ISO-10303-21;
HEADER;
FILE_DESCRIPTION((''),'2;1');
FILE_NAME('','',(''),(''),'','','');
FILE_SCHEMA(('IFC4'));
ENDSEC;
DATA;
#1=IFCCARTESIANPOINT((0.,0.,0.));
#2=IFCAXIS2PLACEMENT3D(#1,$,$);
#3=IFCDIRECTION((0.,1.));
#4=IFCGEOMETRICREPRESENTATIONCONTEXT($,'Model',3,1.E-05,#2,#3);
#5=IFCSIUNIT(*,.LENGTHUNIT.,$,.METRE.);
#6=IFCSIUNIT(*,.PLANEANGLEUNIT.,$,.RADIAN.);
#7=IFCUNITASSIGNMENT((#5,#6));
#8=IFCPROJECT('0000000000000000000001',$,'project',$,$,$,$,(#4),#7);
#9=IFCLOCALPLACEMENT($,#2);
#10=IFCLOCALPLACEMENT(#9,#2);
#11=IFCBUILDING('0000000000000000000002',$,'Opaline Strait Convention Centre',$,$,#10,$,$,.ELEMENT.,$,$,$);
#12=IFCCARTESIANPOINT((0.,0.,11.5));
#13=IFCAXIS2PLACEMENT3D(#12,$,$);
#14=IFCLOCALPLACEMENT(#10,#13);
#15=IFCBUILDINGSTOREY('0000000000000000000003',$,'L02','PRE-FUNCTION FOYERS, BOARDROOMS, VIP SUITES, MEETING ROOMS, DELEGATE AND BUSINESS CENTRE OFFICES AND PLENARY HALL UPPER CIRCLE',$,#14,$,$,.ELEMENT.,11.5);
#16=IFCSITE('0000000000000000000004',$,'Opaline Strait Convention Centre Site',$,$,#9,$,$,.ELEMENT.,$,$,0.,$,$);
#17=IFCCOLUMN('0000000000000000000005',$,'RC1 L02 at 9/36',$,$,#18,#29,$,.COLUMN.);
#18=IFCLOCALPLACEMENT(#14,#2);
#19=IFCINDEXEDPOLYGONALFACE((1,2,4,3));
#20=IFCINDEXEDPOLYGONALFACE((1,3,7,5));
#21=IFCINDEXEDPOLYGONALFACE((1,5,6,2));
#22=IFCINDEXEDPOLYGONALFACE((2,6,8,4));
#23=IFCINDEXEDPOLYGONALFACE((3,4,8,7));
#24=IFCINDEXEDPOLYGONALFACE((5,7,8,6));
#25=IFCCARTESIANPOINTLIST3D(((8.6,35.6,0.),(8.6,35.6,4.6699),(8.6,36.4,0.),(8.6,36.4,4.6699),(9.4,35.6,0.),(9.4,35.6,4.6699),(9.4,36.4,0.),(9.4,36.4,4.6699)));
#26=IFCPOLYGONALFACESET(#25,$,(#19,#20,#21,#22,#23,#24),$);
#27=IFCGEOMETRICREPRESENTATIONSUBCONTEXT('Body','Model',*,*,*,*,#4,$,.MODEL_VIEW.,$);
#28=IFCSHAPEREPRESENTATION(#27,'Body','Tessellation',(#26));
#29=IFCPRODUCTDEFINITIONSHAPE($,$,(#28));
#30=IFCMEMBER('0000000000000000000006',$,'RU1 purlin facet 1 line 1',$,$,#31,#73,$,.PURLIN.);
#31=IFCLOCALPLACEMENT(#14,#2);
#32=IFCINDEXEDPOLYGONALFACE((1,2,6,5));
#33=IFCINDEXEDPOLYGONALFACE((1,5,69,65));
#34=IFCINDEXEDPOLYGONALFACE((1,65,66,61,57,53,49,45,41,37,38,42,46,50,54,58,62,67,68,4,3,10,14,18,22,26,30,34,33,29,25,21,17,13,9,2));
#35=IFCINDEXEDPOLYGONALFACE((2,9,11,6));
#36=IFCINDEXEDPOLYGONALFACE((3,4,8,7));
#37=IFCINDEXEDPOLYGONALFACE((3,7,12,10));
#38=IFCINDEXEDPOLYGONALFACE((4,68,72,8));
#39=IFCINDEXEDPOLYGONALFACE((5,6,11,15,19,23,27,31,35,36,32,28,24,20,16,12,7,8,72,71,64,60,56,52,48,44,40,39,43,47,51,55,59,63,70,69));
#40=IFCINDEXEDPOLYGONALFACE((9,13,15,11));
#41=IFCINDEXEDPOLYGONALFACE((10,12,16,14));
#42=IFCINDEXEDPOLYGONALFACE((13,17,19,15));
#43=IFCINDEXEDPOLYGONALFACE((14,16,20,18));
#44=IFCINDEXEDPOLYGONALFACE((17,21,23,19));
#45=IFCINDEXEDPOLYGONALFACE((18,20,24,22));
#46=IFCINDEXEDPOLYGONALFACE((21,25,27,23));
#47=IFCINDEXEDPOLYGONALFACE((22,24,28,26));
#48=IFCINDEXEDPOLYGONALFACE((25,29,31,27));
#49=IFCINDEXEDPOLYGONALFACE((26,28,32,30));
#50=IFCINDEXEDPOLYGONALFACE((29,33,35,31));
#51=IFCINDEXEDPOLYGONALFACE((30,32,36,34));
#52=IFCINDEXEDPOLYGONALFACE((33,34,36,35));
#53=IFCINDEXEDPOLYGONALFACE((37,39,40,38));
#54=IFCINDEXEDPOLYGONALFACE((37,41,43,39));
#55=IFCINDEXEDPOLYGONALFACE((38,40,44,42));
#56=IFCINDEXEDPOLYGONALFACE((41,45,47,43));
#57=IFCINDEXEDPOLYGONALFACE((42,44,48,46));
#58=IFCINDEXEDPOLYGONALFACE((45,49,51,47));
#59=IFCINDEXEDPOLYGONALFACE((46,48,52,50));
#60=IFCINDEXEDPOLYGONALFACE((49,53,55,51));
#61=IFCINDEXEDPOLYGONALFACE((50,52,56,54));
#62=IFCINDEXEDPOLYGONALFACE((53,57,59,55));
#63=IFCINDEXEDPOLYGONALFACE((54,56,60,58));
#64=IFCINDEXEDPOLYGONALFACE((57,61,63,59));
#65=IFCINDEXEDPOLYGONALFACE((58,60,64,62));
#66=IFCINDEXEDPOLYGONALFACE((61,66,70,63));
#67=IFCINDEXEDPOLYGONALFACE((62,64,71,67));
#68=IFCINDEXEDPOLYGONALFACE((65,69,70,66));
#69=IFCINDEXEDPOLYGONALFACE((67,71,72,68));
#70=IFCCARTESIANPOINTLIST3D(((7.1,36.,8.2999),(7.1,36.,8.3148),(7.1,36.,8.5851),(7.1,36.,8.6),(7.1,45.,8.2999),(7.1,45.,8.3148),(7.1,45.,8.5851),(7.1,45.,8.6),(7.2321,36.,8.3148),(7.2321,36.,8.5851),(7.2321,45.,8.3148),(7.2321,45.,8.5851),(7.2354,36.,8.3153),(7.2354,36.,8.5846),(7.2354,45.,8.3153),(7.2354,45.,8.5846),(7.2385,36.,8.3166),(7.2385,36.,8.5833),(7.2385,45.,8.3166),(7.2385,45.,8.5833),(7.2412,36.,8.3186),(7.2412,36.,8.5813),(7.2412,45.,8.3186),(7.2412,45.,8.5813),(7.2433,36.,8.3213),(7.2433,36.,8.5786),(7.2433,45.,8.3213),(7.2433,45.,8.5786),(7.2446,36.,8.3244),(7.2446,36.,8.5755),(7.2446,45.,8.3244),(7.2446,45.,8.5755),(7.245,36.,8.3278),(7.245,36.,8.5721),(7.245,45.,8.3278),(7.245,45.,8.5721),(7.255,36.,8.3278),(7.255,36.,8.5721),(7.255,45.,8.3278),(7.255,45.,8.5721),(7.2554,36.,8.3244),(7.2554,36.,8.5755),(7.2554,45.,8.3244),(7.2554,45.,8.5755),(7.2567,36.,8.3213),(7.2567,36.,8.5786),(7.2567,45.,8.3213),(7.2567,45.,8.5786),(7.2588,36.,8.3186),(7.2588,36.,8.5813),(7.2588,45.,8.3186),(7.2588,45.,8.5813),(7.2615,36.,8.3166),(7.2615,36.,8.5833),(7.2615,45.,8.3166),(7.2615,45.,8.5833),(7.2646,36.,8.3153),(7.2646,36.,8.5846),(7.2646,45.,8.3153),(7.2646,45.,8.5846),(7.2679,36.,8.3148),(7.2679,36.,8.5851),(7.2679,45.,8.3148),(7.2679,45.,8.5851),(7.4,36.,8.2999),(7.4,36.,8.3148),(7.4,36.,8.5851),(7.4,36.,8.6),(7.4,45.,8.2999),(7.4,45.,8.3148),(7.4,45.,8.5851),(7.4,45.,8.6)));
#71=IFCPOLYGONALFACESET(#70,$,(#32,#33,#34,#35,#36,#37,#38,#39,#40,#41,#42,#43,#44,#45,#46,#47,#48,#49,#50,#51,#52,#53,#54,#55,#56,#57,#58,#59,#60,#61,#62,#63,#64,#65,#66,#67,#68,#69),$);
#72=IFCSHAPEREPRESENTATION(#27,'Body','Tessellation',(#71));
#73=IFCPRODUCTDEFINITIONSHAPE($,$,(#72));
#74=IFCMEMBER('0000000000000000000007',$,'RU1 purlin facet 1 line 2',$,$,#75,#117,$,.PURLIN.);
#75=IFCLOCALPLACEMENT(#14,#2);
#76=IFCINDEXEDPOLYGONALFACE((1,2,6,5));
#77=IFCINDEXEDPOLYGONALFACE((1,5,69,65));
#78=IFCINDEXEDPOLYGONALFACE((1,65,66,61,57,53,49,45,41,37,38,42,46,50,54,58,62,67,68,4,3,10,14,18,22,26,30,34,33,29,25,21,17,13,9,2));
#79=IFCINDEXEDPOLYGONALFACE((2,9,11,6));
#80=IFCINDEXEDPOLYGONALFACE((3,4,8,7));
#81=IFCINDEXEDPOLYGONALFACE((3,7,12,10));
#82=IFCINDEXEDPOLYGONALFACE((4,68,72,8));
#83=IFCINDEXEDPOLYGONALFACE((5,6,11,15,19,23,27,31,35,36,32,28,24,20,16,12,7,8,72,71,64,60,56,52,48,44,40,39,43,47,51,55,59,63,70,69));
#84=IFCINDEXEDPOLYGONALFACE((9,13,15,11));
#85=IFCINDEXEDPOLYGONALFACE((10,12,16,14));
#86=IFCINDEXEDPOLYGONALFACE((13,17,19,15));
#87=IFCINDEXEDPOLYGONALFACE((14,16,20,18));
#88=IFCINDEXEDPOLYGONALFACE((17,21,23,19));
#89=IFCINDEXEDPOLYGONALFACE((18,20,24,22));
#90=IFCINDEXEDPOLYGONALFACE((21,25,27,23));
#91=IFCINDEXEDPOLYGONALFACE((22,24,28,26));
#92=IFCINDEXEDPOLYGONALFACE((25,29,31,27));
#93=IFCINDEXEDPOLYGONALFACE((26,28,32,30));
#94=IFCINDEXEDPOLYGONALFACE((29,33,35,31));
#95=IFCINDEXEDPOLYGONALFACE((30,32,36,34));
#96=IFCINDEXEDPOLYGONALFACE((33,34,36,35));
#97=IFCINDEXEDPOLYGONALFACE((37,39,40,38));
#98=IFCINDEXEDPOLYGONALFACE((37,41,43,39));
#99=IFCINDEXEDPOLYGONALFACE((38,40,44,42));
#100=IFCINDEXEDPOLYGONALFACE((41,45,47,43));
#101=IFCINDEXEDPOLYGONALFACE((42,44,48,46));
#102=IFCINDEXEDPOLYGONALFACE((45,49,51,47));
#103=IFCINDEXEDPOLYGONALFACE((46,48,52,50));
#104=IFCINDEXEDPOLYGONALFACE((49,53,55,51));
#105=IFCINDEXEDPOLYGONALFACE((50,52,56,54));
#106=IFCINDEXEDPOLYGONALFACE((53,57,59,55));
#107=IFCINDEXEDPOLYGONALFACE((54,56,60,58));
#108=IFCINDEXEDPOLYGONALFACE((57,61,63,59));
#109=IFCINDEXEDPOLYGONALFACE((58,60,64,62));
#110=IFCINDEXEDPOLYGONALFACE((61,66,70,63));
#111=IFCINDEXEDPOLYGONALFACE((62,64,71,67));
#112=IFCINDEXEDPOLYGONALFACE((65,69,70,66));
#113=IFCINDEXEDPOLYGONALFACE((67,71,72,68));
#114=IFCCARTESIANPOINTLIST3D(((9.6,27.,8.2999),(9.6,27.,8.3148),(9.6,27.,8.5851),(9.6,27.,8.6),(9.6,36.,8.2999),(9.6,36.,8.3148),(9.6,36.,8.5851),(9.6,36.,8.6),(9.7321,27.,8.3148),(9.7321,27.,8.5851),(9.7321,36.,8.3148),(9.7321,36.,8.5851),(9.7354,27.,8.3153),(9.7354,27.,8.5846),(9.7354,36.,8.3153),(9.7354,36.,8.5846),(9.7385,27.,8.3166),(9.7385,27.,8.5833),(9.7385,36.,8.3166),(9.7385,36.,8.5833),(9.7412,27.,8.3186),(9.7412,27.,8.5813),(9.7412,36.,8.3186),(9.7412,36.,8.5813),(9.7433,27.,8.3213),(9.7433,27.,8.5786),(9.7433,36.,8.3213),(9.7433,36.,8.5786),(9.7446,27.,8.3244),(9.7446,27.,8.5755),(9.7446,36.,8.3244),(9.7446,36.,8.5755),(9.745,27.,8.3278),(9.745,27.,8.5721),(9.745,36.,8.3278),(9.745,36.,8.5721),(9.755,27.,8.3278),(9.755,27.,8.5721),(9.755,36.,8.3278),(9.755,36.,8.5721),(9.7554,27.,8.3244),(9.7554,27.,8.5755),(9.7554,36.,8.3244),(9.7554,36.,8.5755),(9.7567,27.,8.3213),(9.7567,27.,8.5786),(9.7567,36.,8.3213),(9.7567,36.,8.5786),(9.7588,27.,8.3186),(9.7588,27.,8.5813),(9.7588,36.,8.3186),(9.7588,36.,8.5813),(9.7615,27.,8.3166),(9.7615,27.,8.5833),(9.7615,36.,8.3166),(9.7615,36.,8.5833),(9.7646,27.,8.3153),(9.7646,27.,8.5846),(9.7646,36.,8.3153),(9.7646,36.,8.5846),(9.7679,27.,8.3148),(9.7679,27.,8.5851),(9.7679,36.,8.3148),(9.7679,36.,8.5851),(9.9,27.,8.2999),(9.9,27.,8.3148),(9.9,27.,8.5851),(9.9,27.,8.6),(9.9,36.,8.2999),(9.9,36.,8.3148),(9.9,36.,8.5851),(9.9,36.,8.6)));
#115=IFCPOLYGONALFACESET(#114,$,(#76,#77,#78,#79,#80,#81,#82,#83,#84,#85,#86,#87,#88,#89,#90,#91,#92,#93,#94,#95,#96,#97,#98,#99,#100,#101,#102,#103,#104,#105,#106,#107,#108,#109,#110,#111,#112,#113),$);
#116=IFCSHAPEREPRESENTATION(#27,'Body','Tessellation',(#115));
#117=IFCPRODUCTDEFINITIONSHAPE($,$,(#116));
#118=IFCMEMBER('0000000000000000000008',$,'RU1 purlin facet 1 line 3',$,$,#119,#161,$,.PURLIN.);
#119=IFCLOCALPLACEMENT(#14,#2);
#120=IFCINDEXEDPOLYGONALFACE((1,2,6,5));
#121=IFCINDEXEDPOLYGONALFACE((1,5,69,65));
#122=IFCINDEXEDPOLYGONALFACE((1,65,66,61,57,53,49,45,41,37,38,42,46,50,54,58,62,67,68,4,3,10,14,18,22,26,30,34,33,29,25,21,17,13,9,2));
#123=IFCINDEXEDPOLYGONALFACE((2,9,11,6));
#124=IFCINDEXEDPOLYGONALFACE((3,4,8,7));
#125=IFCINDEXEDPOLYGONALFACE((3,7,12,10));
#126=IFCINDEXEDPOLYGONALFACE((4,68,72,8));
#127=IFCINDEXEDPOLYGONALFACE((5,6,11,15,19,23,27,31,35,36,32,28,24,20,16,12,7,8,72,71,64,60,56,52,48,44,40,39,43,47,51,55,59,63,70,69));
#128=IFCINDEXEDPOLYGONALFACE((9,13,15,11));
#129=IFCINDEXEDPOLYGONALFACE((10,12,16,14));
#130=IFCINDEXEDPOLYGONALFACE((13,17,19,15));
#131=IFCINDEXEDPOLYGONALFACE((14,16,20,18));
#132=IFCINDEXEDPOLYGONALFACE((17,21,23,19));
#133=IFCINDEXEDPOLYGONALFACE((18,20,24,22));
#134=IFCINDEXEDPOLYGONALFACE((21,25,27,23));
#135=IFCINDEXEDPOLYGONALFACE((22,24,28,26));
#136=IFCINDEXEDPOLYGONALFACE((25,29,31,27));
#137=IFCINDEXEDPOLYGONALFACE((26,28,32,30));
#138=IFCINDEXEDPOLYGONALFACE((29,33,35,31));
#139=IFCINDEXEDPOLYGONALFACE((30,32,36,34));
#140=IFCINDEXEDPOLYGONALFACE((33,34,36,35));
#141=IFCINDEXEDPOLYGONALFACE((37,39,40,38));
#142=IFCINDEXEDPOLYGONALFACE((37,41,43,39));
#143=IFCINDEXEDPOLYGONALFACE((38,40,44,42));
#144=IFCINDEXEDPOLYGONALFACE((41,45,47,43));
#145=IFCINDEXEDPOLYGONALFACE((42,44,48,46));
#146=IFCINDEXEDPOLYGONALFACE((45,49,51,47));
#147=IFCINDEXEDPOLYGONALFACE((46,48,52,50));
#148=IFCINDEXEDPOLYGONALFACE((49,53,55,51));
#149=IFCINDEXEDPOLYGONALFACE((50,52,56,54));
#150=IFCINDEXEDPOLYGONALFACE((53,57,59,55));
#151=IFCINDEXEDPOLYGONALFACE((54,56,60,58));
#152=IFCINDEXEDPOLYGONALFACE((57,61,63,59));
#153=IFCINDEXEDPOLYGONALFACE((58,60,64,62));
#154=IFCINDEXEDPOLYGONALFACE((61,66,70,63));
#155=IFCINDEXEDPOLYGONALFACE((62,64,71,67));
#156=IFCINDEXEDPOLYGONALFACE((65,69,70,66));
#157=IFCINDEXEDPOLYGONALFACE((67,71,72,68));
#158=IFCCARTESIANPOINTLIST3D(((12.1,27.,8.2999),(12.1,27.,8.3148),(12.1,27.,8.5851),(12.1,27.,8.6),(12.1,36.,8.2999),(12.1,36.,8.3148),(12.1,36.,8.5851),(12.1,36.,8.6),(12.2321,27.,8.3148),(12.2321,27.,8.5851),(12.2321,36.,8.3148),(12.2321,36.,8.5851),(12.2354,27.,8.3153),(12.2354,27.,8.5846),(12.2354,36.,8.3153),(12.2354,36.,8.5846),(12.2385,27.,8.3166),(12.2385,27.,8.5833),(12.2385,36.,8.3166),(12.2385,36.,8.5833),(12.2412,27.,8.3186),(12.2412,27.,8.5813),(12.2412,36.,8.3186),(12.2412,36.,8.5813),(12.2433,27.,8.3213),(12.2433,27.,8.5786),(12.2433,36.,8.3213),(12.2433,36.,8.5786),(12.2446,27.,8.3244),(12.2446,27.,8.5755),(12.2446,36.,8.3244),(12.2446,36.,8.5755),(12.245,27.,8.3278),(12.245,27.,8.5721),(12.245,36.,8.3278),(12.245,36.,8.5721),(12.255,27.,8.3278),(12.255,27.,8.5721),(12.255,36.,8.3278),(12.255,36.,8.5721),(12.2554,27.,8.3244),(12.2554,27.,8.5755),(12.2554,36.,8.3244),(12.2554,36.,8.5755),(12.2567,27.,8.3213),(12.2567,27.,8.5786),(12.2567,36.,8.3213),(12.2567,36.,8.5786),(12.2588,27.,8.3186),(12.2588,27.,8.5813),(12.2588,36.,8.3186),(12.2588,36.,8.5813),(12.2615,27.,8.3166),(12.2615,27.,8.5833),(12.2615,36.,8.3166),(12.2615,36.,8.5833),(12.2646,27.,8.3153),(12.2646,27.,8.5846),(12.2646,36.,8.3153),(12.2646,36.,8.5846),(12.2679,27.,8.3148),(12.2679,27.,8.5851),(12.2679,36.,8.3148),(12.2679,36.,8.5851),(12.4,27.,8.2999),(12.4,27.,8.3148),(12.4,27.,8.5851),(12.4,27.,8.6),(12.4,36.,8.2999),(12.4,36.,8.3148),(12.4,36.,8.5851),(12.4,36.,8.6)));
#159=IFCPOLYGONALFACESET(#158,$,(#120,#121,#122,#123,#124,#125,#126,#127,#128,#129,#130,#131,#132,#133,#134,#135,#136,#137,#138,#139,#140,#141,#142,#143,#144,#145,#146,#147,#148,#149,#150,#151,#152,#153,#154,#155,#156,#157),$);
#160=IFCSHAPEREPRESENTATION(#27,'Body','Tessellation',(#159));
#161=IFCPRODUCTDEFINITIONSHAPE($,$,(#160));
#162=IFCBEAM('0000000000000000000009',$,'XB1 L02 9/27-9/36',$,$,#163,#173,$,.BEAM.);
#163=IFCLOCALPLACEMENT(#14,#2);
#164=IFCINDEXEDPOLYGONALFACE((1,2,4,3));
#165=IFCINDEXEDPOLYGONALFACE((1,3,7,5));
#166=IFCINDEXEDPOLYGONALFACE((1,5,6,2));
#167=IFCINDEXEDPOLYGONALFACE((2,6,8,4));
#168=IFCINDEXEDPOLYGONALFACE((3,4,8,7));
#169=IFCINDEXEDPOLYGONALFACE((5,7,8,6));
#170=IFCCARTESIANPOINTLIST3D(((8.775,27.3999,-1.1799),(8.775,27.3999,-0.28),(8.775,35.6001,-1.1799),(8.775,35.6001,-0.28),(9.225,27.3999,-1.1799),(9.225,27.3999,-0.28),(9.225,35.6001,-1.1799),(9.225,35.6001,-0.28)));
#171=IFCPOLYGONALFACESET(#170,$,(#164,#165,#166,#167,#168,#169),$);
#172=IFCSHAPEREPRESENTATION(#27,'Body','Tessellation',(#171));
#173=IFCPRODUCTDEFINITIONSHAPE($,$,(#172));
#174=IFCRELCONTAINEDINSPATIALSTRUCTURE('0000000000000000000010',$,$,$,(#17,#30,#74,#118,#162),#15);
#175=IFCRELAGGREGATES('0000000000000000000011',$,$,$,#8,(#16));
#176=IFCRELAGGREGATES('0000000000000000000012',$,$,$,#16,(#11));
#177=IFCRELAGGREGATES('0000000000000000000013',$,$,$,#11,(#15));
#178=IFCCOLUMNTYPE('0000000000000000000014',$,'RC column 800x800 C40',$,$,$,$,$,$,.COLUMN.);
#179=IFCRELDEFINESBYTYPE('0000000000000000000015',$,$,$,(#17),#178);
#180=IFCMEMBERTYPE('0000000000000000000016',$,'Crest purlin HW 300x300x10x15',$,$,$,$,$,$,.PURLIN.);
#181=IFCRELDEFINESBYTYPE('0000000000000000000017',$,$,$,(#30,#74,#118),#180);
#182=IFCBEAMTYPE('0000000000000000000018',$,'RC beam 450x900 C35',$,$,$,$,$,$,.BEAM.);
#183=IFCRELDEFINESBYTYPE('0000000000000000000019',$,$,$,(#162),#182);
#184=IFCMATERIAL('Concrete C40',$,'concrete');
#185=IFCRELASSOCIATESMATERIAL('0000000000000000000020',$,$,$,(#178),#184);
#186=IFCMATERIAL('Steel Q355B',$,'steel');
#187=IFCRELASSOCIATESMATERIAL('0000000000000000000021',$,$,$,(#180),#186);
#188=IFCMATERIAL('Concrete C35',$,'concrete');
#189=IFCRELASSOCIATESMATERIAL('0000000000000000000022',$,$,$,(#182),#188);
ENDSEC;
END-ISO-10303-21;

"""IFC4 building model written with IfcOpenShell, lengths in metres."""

from ifc_helpers import new_model, si_unit, direction, frame, origin, origin_2d, place, context, subcontext, project, spatial, rectangle, i_section, extrude, material, material_profile, profile_set, type_object, element, save


model = new_model("IFC4")

# Units and contexts
model_context = context("Model", 3, precision=1e-05, world=origin(), true_north=direction((0.0, 1.0)))
body_context = subcontext(model_context, "Body", "Model", "MODEL_VIEW")
ifc_project = project(units=[si_unit("LENGTHUNIT", "METRE"), si_unit("PLANEANGLEUNIT", "RADIAN")], contexts=[model_context])

# Site, building, storey
site_placement = place(None, origin())
site = spatial("IfcSite", under=ifc_project, at=site_placement, Name="Opaline Strait Convention Centre Site", CompositionType="ELEMENT", RefElevation=0.0)
building_placement = place(site_placement, origin())
building = spatial("IfcBuilding", under=site, at=building_placement, Name="Opaline Strait Convention Centre", CompositionType="ELEMENT")
storey_placement = place(building_placement, frame((0.0, 0.0, 11.5)))
storey = spatial("IfcBuildingStorey", under=building, at=storey_placement, Name="L02", Description="PRE-FUNCTION FOYERS, BOARDROOMS, VIP SUITES, MEETING ROOMS, DELEGATE AND BUSINESS CENTRE OFFICES AND PLENARY HALL UPPER CIRCLE", CompositionType="ELEMENT", Elevation=11.5)

# Column
ifc_material_1 = material(Name="Concrete C40", Category="concrete")
ifc_material_profile_1 = material_profile(ifc_material_1, rectangle(XDim=0.8, YDim=0.8, at=origin_2d()), Name="RC 800x800")
ifc_profile_set_1 = profile_set([ifc_material_profile_1], Name="Concrete C40")
column_type = type_object("IfcColumnType", Name="RC column 800x800 C40", PredefinedType="COLUMN", material=ifc_profile_set_1)
column_placement = place(storey_placement, frame((9.0, 36.0, 0.0), z_axis=(0.0, 0.0, 1.0), x_axis=(1.0, 0.0, 0.0)))
element("IfcColumn", 1, at=column_placement, inside=storey, type_object=column_type, Name="RC1 L02 at 9/36", PredefinedType="COLUMN", context=body_context, shape_type="SweptSolid", body=[
    extrude(rectangle(XDim=0.8, YDim=0.8, at=origin_2d()), origin(), (0.0, 0.0, 1.0), 4.6699),
])

# Members
ifc_material_2 = material(Name="Steel Q355B", Category="steel")
ifc_material_profile_2 = material_profile(ifc_material_2, i_section(OverallWidth=0.3, OverallDepth=0.3, WebThickness=0.01, FlangeThickness=0.0149, FilletRadius=0.0129, at=origin_2d()), Name="HW 300x300x10x15")
ifc_profile_set_2 = profile_set([ifc_material_profile_2], Name="Steel Q355B")
member_type_1 = type_object("IfcMemberType", Name="Crest purlin HW 300x300x10x15", PredefinedType="PURLIN", material=ifc_profile_set_2)
for number, where, z_axis, x_axis, name in (
    (2, (7.25, 36.0, 8.45), (0.0, 1.0, 0.0), (-1.0, 0.0, 0.0), "RU1 purlin facet 1 line 1"),
    (3, (9.75, 27.0, 8.45), (0.0, 1.0, 0.0), (-1.0, 0.0, 0.0), "RU1 purlin facet 1 line 2"),
    (4, (12.25, 27.0, 8.45), (0.0, 1.0, 0.0), (-1.0, 0.0, 0.0), "RU1 purlin facet 1 line 3"),
):
    element("IfcMember", number, at=place(storey_placement, frame(where, z_axis=z_axis, x_axis=x_axis)), inside=storey, type_object=member_type_1, Name=name, PredefinedType="PURLIN", context=body_context, shape_type="SweptSolid", body=[
        extrude(i_section(OverallWidth=0.3, OverallDepth=0.3, WebThickness=0.01, FlangeThickness=0.0149, FilletRadius=0.0129, at=origin_2d()), origin(), (0.0, 0.0, 1.0), 9.0),
    ])

# Beam
ifc_material_3 = material(Name="Concrete C35", Category="concrete")
ifc_material_profile_3 = material_profile(ifc_material_3, rectangle(XDim=0.45, YDim=0.8999, at=origin_2d()), Name="RC 450x900")
ifc_profile_set_3 = profile_set([ifc_material_profile_3], Name="Concrete C35")
beam_type = type_object("IfcBeamType", Name="RC beam 450x900 C35", PredefinedType="BEAM", material=ifc_profile_set_3)
beam_placement = place(storey_placement, frame((9.0, 27.3999, -0.73), z_axis=(0.0, 1.0, 0.0), x_axis=(-1.0, 0.0, 0.0)))
element("IfcBeam", 5, at=beam_placement, inside=storey, type_object=beam_type, Name="XB1 L02 9/27-9/36", PredefinedType="BEAM", context=body_context, shape_type="SweptSolid", body=[
    extrude(rectangle(XDim=0.45, YDim=0.8999, at=origin_2d()), origin(), (0.0, 0.0, 1.0), 8.2002),
])

save(model, "model.ifc")
